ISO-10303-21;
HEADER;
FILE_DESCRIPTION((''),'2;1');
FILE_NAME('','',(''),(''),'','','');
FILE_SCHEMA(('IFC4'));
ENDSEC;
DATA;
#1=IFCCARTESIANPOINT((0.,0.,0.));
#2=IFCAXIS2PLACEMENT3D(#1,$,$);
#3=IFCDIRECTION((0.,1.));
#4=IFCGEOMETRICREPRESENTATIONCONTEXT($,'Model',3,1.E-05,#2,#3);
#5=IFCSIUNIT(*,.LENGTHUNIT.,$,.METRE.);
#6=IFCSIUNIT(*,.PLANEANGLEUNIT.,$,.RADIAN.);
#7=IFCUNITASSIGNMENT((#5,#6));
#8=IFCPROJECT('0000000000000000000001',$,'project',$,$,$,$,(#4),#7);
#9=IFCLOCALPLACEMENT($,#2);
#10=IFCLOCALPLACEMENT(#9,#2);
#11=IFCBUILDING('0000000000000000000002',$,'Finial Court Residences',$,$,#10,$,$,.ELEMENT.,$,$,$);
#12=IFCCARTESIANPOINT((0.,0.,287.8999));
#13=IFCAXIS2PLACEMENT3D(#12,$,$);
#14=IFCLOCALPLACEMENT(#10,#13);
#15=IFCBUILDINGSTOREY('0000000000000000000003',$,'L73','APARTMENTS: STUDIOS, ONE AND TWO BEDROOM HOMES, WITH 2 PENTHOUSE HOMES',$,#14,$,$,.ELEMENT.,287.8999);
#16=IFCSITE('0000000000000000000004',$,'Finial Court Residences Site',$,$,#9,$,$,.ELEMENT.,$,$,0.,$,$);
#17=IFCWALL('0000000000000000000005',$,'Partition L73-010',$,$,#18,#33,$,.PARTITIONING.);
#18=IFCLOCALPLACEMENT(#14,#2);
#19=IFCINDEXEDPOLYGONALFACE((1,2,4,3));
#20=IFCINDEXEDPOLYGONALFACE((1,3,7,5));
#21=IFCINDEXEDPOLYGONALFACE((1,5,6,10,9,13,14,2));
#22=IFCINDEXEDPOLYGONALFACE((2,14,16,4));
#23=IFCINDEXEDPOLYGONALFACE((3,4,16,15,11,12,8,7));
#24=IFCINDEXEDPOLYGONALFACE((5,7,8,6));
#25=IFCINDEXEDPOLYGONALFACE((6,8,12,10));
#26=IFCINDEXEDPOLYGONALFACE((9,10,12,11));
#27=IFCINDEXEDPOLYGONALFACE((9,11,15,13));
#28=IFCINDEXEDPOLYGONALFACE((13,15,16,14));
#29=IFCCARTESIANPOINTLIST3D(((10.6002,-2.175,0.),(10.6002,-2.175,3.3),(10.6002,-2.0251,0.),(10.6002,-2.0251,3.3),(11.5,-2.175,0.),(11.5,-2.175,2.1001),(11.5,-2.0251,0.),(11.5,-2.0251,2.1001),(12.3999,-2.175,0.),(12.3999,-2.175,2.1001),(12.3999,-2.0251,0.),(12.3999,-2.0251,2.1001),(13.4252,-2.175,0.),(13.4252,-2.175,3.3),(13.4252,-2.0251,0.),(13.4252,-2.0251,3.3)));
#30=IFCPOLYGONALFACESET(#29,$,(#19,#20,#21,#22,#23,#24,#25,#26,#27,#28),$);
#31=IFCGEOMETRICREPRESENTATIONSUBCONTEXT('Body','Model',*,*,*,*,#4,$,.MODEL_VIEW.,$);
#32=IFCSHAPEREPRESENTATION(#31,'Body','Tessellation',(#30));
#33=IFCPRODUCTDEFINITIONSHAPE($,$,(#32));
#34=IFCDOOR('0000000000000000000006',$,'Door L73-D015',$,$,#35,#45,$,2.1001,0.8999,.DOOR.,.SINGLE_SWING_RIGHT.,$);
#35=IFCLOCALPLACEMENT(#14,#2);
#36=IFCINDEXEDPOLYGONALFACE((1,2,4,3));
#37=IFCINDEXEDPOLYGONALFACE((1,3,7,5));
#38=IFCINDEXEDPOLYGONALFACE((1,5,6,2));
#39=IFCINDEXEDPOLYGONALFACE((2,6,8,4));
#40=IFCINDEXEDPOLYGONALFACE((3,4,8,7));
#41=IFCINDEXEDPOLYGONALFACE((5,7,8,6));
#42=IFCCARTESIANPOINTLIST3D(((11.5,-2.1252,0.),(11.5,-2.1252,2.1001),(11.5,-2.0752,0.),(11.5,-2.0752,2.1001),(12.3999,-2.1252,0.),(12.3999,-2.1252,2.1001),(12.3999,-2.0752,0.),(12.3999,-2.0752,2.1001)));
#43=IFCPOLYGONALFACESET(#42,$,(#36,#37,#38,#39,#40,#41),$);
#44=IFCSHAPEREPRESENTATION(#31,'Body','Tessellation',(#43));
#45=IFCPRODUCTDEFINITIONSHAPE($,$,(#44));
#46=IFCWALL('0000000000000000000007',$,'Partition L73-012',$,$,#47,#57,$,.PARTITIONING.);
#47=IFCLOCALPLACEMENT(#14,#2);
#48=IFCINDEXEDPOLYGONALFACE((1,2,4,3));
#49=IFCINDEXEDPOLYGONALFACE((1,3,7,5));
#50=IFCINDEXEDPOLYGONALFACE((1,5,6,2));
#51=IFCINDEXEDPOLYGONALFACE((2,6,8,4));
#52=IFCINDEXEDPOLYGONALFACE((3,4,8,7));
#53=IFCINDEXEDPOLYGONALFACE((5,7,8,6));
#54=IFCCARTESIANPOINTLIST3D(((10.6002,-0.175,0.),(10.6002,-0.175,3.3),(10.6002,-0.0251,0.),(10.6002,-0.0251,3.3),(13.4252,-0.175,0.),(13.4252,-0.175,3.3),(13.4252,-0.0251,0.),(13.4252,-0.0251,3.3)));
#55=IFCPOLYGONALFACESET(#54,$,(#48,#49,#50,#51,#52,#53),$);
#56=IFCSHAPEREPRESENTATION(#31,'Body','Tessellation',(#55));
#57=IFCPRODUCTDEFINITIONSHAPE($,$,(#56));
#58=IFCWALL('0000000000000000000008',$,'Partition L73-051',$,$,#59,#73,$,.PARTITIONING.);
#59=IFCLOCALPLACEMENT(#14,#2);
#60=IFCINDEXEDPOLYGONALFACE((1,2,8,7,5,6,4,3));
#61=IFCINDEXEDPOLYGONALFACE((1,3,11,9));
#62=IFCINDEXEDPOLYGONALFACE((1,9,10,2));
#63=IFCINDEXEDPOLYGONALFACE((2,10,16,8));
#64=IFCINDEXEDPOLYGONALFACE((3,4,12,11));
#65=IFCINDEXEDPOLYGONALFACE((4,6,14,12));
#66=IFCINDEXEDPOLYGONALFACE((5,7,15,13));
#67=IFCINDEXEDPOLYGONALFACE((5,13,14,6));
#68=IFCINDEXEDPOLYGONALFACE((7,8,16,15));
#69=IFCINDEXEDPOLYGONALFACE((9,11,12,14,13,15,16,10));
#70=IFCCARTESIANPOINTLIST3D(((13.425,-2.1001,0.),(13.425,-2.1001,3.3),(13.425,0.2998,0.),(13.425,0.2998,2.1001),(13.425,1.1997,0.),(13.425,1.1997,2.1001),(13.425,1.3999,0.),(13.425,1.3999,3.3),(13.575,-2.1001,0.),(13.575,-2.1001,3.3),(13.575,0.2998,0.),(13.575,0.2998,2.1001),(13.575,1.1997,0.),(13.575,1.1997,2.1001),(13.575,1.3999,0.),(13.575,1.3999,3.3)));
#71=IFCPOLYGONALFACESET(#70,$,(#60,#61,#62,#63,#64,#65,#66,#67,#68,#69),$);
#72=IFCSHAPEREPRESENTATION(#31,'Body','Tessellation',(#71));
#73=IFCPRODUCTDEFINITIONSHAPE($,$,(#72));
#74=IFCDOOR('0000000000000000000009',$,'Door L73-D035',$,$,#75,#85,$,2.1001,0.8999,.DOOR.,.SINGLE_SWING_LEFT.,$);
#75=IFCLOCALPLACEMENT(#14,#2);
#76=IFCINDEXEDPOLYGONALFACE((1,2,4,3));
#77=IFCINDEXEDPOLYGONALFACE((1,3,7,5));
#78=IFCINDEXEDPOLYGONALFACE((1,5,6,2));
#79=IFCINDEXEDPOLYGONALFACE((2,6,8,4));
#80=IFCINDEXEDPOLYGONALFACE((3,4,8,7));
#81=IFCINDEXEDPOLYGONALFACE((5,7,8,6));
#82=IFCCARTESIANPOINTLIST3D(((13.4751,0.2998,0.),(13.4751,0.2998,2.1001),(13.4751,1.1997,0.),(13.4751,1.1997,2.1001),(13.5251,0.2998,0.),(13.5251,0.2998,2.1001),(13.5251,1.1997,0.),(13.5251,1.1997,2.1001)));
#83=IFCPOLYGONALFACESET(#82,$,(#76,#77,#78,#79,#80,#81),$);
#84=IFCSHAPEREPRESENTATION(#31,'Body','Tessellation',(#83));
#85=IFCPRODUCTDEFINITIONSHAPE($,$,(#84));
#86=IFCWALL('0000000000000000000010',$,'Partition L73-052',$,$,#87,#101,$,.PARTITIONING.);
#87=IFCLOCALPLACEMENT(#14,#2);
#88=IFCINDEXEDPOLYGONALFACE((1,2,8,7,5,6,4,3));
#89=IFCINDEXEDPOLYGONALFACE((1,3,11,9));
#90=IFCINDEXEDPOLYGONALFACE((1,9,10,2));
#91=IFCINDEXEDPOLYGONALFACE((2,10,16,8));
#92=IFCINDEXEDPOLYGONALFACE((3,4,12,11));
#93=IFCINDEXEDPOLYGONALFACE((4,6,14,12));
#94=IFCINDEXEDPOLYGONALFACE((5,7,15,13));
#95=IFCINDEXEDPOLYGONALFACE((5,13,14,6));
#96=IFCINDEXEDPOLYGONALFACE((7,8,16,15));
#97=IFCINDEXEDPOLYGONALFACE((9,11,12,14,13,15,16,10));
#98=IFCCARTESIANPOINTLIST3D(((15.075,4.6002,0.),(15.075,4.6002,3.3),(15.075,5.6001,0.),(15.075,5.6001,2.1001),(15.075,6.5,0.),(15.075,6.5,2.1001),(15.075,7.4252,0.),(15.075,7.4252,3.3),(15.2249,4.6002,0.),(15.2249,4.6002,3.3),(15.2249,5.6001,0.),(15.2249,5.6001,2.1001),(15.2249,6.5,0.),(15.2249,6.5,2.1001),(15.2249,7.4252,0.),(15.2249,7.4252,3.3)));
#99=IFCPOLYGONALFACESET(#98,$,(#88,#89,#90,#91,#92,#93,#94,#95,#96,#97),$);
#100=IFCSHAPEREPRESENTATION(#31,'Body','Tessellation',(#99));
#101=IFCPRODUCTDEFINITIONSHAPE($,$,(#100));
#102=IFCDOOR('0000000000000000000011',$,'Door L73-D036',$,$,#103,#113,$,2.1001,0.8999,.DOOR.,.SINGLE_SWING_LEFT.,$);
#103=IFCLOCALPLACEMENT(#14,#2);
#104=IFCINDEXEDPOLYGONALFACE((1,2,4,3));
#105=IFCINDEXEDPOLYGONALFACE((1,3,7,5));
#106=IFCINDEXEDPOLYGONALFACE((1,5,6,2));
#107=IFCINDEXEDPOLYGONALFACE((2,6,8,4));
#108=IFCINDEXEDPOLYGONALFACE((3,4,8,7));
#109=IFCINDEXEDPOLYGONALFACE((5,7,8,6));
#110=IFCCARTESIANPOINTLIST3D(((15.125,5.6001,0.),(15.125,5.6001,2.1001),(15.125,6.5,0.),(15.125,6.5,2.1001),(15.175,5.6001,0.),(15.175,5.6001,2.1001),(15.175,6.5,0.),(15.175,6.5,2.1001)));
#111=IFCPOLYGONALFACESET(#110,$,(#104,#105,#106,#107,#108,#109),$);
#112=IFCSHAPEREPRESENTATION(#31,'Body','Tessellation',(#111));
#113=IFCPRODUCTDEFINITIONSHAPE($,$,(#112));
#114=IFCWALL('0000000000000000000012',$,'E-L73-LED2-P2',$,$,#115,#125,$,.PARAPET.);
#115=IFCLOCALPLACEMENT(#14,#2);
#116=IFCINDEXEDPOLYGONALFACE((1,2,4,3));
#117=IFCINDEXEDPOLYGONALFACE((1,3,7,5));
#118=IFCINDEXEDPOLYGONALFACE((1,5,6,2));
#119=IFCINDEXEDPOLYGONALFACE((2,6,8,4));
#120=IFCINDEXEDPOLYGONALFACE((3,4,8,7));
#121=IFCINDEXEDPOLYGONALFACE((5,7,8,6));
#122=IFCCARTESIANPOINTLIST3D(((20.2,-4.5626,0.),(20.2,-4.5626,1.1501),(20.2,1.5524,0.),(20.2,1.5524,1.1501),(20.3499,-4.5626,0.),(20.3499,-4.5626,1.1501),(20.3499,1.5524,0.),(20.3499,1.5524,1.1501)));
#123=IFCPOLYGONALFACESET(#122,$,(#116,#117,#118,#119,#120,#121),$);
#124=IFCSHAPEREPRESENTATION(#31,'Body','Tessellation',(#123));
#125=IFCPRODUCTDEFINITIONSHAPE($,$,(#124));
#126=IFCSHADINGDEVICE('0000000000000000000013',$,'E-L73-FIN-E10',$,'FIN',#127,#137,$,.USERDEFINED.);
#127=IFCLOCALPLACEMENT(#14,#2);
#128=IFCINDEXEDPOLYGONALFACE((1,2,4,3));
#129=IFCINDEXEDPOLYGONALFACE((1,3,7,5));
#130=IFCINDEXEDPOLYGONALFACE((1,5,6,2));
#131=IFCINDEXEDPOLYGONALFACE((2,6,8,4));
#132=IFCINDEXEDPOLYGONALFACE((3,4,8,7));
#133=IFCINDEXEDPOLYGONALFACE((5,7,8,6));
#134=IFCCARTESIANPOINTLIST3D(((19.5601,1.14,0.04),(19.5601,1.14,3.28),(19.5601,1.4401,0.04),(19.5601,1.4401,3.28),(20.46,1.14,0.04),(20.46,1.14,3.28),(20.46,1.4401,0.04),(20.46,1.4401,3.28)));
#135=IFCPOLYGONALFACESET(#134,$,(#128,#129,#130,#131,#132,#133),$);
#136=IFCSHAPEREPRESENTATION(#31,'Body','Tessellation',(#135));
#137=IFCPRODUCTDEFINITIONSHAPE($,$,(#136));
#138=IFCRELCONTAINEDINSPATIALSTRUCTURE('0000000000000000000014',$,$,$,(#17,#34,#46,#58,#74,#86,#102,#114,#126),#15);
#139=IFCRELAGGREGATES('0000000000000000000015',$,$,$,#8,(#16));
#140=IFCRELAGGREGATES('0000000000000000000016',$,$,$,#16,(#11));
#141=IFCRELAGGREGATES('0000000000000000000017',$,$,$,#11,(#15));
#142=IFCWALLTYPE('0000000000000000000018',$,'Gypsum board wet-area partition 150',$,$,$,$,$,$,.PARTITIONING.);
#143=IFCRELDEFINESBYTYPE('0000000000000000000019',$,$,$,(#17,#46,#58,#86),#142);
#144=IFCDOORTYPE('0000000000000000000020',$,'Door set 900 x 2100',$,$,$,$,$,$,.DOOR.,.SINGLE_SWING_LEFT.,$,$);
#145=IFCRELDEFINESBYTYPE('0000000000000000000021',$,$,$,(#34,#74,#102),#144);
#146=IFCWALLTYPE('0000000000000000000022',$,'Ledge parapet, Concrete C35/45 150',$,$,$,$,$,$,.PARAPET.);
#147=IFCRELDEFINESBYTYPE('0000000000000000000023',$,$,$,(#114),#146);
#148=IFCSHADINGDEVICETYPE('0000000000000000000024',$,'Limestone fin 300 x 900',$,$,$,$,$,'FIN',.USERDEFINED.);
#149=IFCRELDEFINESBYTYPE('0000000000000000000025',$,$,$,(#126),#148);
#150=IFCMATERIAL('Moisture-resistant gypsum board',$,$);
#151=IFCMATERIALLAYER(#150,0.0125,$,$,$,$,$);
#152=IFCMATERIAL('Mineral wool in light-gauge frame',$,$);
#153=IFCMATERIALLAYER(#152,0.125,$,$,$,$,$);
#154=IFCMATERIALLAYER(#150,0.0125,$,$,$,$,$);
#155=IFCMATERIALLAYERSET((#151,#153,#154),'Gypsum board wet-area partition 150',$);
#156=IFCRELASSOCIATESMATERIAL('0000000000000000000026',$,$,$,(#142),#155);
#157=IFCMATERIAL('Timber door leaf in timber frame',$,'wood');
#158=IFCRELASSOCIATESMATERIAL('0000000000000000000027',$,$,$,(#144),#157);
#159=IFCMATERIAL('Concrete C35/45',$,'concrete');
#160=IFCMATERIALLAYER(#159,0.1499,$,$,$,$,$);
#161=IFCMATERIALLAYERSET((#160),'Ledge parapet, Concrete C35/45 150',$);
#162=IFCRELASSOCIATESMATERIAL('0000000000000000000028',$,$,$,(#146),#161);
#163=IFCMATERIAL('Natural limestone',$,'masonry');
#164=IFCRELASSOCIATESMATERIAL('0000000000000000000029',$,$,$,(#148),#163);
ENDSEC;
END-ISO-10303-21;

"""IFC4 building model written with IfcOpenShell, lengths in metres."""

from ifc_helpers import new_model, si_unit, direction, frame, frame_2d, origin, origin_2d, place, context, subcontext, project, spatial, rectangle, extrude, material, layer, layer_set, type_object, element, fill, save


model = new_model("IFC4")

# Units and contexts
model_context = context("Model", 3, precision=1e-05, world=origin(), true_north=direction((0.0, 1.0)))
body_context = subcontext(model_context, "Body", "Model", "MODEL_VIEW")
ifc_project = project(units=[si_unit("LENGTHUNIT", "METRE"), si_unit("PLANEANGLEUNIT", "RADIAN")], contexts=[model_context])

# Site, building, storey
site_placement = place(None, origin())
site = spatial("IfcSite", under=ifc_project, at=site_placement, Name="Finial Court Residences Site", CompositionType="ELEMENT", RefElevation=0.0)
building_placement = place(site_placement, origin())
building = spatial("IfcBuilding", under=site, at=building_placement, Name="Finial Court Residences", CompositionType="ELEMENT")
storey_placement = place(building_placement, frame((0.0, 0.0, 287.8999)))
storey = spatial("IfcBuildingStorey", under=building, at=storey_placement, Name="L73", Description="APARTMENTS: STUDIOS, ONE AND TWO BEDROOM HOMES, WITH 2 PENTHOUSE HOMES", CompositionType="ELEMENT", Elevation=287.8999)

# Shared definitions
ifc_material_1 = material(Name="Mineral wool in light-gauge frame")

# Wall, opening, door
ifc_material_2 = material(Name="Moisture-resistant gypsum board")
ifc_layer_1 = layer(ifc_material_2, 0.0125)
ifc_layer_2 = layer(ifc_material_1, 0.125)
ifc_layer_3 = layer(ifc_material_2, 0.0125)
ifc_layer_set_1 = layer_set([ifc_layer_1, ifc_layer_2, ifc_layer_3], Name="Gypsum board wet-area partition 150")
wall_type_1 = type_object("IfcWallType", Name="Gypsum board wet-area partition 150", PredefinedType="PARTITIONING", material=ifc_layer_set_1)
wall_1_placement = place(storey_placement, frame((10.6001, -2.1001, 0.0), z_axis=(0.0, 0.0, 1.0), x_axis=(1.0, 0.0, 0.0)))
wall_1 = element("IfcWall", 1, at=wall_1_placement, inside=storey, type_object=wall_type_1, Name="Partition L73-010", PredefinedType="PARTITIONING", context=body_context, shape_type="SweptSolid", body=[
    extrude(rectangle(XDim=2.825, YDim=0.1499, at=frame_2d((1.4126, 0.0))), origin(), (0.0, 0.0, 1.0), 3.3),
])
opening_1_placement = place(wall_1_placement, frame((0.8999, 0.0, 0.0)))
opening_1 = element("IfcOpeningElement", 2, at=opening_1_placement, cuts=wall_1, PredefinedType="OPENING", context=body_context, shape_type="SweptSolid", body=[
    extrude(rectangle(XDim=0.8999, YDim=2.1001, at=frame_2d((0.45, 1.05))), frame((0.0, 0.085, 0.0), z_axis=(0.0, -1.0, 0.0), x_axis=(1.0, 0.0, 0.0)), (0.0, 0.0, 1.0), 0.1699),
])
ifc_material_3 = material(Name="Timber door leaf in timber frame", Category="wood")
door_type = type_object("IfcDoorType", Name="Door set 900 x 2100", OperationType="SINGLE_SWING_LEFT", PredefinedType="DOOR", material=ifc_material_3)
door_1_placement = place(opening_1_placement, origin())
door_1 = element("IfcDoor", 3, at=door_1_placement, inside=storey, type_object=door_type, Name="Door L73-D015", OperationType="SINGLE_SWING_RIGHT", OverallHeight=2.1001, OverallWidth=0.8999, PredefinedType="DOOR", context=body_context, shape_type="SweptSolid", body=[
    extrude(rectangle(XDim=0.8999, YDim=2.1001, at=frame_2d((0.45, 1.05))), frame((0.0, 0.0249, 0.0), z_axis=(0.0, -1.0, 0.0), x_axis=(1.0, 0.0, 0.0)), (0.0, 0.0, 1.0), 0.05),
])
fill(opening_1, door_1)

# Wall
wall_2_placement = place(storey_placement, frame((10.6001, -0.1001, 0.0), z_axis=(0.0, 0.0, 1.0), x_axis=(1.0, 0.0, 0.0)))
element("IfcWall", 4, at=wall_2_placement, inside=storey, type_object=wall_type_1, Name="Partition L73-012", PredefinedType="PARTITIONING", context=body_context, shape_type="SweptSolid", body=[
    extrude(rectangle(XDim=2.825, YDim=0.1499, at=frame_2d((1.4126, 0.0))), origin(), (0.0, 0.0, 1.0), 3.3),
])

# Walls, openings, doors
wall_3_placement = place(storey_placement, frame((13.5, -2.1001, 0.0), z_axis=(0.0, 0.0, 1.0), x_axis=(0.0, 1.0, 0.0)))
wall_3 = element("IfcWall", 5, at=wall_3_placement, inside=storey, type_object=wall_type_1, Name="Partition L73-051", PredefinedType="PARTITIONING", context=body_context, shape_type="SweptSolid", body=[
    extrude(rectangle(XDim=3.5, YDim=0.1499, at=frame_2d((1.75, 0.0))), origin(), (0.0, 0.0, 1.0), 3.3),
])
opening_2_placement = place(wall_3_placement, frame((2.3999, 0.0, 0.0)))
opening_2 = element("IfcOpeningElement", 6, at=opening_2_placement, cuts=wall_3, PredefinedType="OPENING", context=body_context, shape_type="SweptSolid", body=[
    extrude(rectangle(XDim=0.8999, YDim=2.1001, at=frame_2d((0.45, 1.05))), frame((0.0, 0.085, 0.0), z_axis=(0.0, -1.0, 0.0), x_axis=(1.0, 0.0, 0.0)), (0.0, 0.0, 1.0), 0.1699),
])
door_2_placement = place(opening_2_placement, origin())
door_2 = element("IfcDoor", 7, at=door_2_placement, inside=storey, type_object=door_type, Name="Door L73-D035", OperationType="SINGLE_SWING_LEFT", OverallHeight=2.1001, OverallWidth=0.8999, PredefinedType="DOOR", context=body_context, shape_type="SweptSolid", body=[
    extrude(rectangle(XDim=0.8999, YDim=2.1001, at=frame_2d((0.45, 1.05))), frame((0.0, 0.0249, 0.0), z_axis=(0.0, -1.0, 0.0), x_axis=(1.0, 0.0, 0.0)), (0.0, 0.0, 1.0), 0.05),
])
fill(opening_2, door_2)
wall_4_placement = place(storey_placement, frame((15.1499, 4.6001, 0.0), z_axis=(0.0, 0.0, 1.0), x_axis=(0.0, 1.0, 0.0)))
wall_4 = element("IfcWall", 8, at=wall_4_placement, inside=storey, type_object=wall_type_1, Name="Partition L73-052", PredefinedType="PARTITIONING", context=body_context, shape_type="SweptSolid", body=[
    extrude(rectangle(XDim=2.825, YDim=0.1499, at=frame_2d((1.4126, 0.0))), origin(), (0.0, 0.0, 1.0), 3.3),
])
opening_3_placement = place(wall_4_placement, frame((1.0, 0.0, 0.0)))
opening_3 = element("IfcOpeningElement", 9, at=opening_3_placement, cuts=wall_4, PredefinedType="OPENING", context=body_context, shape_type="SweptSolid", body=[
    extrude(rectangle(XDim=0.8999, YDim=2.1001, at=frame_2d((0.45, 1.05))), frame((0.0, 0.085, 0.0), z_axis=(0.0, -1.0, 0.0), x_axis=(1.0, 0.0, 0.0)), (0.0, 0.0, 1.0), 0.1699),
])
door_3_placement = place(opening_3_placement, origin())
door_3 = element("IfcDoor", 10, at=door_3_placement, inside=storey, type_object=door_type, Name="Door L73-D036", OperationType="SINGLE_SWING_LEFT", OverallHeight=2.1001, OverallWidth=0.8999, PredefinedType="DOOR", context=body_context, shape_type="SweptSolid", body=[
    extrude(rectangle(XDim=0.8999, YDim=2.1001, at=frame_2d((0.45, 1.05))), frame((0.0, 0.0249, 0.0), z_axis=(0.0, -1.0, 0.0), x_axis=(1.0, 0.0, 0.0)), (0.0, 0.0, 1.0), 0.05),
])
fill(opening_3, door_3)

# Wall
ifc_material_4 = material(Name="Concrete C35/45", Category="concrete")
ifc_layer_4 = layer(ifc_material_4, 0.1499)
ifc_layer_set_2 = layer_set([ifc_layer_4], Name="Ledge parapet, Concrete C35/45 150")
wall_type_2 = type_object("IfcWallType", Name="Ledge parapet, Concrete C35/45 150", PredefinedType="PARAPET", material=ifc_layer_set_2)
wall_5_placement = place(storey_placement, frame((20.2749, 1.5525, 0.0), z_axis=(0.0, 0.0, 1.0), x_axis=(0.0, -1.0, 0.0)))
element("IfcWall", 11, at=wall_5_placement, inside=storey, type_object=wall_type_2, Name="E-L73-LED2-P2", PredefinedType="PARAPET", context=body_context, shape_type="SweptSolid", body=[
    extrude(rectangle(XDim=6.115, YDim=0.1499, at=frame_2d((3.0576, 0.0))), origin(), (0.0, 0.0, 1.0), 1.1501),
])

# Shading device
ifc_material_5 = material(Name="Natural limestone", Category="masonry")
shading_device_type = type_object("IfcShadingDeviceType", Name="Limestone fin 300 x 900", ElementType="FIN", PredefinedType="USERDEFINED", material=ifc_material_5)
shading_device_placement = place(storey_placement, frame((20.01, 1.29, 0.04), z_axis=(0.0, 0.0, 1.0), x_axis=(1.0, 0.0, 0.0)))
element("IfcShadingDevice", 12, at=shading_device_placement, inside=storey, type_object=shading_device_type, Name="E-L73-FIN-E10", ObjectType="FIN", PredefinedType="USERDEFINED", context=body_context, shape_type="SweptSolid", body=[
    extrude(rectangle(XDim=0.8999, YDim=0.3, at=origin_2d()), origin(), (0.0, 0.0, 1.0), 3.24),
])

save(model, "model.ifc")
